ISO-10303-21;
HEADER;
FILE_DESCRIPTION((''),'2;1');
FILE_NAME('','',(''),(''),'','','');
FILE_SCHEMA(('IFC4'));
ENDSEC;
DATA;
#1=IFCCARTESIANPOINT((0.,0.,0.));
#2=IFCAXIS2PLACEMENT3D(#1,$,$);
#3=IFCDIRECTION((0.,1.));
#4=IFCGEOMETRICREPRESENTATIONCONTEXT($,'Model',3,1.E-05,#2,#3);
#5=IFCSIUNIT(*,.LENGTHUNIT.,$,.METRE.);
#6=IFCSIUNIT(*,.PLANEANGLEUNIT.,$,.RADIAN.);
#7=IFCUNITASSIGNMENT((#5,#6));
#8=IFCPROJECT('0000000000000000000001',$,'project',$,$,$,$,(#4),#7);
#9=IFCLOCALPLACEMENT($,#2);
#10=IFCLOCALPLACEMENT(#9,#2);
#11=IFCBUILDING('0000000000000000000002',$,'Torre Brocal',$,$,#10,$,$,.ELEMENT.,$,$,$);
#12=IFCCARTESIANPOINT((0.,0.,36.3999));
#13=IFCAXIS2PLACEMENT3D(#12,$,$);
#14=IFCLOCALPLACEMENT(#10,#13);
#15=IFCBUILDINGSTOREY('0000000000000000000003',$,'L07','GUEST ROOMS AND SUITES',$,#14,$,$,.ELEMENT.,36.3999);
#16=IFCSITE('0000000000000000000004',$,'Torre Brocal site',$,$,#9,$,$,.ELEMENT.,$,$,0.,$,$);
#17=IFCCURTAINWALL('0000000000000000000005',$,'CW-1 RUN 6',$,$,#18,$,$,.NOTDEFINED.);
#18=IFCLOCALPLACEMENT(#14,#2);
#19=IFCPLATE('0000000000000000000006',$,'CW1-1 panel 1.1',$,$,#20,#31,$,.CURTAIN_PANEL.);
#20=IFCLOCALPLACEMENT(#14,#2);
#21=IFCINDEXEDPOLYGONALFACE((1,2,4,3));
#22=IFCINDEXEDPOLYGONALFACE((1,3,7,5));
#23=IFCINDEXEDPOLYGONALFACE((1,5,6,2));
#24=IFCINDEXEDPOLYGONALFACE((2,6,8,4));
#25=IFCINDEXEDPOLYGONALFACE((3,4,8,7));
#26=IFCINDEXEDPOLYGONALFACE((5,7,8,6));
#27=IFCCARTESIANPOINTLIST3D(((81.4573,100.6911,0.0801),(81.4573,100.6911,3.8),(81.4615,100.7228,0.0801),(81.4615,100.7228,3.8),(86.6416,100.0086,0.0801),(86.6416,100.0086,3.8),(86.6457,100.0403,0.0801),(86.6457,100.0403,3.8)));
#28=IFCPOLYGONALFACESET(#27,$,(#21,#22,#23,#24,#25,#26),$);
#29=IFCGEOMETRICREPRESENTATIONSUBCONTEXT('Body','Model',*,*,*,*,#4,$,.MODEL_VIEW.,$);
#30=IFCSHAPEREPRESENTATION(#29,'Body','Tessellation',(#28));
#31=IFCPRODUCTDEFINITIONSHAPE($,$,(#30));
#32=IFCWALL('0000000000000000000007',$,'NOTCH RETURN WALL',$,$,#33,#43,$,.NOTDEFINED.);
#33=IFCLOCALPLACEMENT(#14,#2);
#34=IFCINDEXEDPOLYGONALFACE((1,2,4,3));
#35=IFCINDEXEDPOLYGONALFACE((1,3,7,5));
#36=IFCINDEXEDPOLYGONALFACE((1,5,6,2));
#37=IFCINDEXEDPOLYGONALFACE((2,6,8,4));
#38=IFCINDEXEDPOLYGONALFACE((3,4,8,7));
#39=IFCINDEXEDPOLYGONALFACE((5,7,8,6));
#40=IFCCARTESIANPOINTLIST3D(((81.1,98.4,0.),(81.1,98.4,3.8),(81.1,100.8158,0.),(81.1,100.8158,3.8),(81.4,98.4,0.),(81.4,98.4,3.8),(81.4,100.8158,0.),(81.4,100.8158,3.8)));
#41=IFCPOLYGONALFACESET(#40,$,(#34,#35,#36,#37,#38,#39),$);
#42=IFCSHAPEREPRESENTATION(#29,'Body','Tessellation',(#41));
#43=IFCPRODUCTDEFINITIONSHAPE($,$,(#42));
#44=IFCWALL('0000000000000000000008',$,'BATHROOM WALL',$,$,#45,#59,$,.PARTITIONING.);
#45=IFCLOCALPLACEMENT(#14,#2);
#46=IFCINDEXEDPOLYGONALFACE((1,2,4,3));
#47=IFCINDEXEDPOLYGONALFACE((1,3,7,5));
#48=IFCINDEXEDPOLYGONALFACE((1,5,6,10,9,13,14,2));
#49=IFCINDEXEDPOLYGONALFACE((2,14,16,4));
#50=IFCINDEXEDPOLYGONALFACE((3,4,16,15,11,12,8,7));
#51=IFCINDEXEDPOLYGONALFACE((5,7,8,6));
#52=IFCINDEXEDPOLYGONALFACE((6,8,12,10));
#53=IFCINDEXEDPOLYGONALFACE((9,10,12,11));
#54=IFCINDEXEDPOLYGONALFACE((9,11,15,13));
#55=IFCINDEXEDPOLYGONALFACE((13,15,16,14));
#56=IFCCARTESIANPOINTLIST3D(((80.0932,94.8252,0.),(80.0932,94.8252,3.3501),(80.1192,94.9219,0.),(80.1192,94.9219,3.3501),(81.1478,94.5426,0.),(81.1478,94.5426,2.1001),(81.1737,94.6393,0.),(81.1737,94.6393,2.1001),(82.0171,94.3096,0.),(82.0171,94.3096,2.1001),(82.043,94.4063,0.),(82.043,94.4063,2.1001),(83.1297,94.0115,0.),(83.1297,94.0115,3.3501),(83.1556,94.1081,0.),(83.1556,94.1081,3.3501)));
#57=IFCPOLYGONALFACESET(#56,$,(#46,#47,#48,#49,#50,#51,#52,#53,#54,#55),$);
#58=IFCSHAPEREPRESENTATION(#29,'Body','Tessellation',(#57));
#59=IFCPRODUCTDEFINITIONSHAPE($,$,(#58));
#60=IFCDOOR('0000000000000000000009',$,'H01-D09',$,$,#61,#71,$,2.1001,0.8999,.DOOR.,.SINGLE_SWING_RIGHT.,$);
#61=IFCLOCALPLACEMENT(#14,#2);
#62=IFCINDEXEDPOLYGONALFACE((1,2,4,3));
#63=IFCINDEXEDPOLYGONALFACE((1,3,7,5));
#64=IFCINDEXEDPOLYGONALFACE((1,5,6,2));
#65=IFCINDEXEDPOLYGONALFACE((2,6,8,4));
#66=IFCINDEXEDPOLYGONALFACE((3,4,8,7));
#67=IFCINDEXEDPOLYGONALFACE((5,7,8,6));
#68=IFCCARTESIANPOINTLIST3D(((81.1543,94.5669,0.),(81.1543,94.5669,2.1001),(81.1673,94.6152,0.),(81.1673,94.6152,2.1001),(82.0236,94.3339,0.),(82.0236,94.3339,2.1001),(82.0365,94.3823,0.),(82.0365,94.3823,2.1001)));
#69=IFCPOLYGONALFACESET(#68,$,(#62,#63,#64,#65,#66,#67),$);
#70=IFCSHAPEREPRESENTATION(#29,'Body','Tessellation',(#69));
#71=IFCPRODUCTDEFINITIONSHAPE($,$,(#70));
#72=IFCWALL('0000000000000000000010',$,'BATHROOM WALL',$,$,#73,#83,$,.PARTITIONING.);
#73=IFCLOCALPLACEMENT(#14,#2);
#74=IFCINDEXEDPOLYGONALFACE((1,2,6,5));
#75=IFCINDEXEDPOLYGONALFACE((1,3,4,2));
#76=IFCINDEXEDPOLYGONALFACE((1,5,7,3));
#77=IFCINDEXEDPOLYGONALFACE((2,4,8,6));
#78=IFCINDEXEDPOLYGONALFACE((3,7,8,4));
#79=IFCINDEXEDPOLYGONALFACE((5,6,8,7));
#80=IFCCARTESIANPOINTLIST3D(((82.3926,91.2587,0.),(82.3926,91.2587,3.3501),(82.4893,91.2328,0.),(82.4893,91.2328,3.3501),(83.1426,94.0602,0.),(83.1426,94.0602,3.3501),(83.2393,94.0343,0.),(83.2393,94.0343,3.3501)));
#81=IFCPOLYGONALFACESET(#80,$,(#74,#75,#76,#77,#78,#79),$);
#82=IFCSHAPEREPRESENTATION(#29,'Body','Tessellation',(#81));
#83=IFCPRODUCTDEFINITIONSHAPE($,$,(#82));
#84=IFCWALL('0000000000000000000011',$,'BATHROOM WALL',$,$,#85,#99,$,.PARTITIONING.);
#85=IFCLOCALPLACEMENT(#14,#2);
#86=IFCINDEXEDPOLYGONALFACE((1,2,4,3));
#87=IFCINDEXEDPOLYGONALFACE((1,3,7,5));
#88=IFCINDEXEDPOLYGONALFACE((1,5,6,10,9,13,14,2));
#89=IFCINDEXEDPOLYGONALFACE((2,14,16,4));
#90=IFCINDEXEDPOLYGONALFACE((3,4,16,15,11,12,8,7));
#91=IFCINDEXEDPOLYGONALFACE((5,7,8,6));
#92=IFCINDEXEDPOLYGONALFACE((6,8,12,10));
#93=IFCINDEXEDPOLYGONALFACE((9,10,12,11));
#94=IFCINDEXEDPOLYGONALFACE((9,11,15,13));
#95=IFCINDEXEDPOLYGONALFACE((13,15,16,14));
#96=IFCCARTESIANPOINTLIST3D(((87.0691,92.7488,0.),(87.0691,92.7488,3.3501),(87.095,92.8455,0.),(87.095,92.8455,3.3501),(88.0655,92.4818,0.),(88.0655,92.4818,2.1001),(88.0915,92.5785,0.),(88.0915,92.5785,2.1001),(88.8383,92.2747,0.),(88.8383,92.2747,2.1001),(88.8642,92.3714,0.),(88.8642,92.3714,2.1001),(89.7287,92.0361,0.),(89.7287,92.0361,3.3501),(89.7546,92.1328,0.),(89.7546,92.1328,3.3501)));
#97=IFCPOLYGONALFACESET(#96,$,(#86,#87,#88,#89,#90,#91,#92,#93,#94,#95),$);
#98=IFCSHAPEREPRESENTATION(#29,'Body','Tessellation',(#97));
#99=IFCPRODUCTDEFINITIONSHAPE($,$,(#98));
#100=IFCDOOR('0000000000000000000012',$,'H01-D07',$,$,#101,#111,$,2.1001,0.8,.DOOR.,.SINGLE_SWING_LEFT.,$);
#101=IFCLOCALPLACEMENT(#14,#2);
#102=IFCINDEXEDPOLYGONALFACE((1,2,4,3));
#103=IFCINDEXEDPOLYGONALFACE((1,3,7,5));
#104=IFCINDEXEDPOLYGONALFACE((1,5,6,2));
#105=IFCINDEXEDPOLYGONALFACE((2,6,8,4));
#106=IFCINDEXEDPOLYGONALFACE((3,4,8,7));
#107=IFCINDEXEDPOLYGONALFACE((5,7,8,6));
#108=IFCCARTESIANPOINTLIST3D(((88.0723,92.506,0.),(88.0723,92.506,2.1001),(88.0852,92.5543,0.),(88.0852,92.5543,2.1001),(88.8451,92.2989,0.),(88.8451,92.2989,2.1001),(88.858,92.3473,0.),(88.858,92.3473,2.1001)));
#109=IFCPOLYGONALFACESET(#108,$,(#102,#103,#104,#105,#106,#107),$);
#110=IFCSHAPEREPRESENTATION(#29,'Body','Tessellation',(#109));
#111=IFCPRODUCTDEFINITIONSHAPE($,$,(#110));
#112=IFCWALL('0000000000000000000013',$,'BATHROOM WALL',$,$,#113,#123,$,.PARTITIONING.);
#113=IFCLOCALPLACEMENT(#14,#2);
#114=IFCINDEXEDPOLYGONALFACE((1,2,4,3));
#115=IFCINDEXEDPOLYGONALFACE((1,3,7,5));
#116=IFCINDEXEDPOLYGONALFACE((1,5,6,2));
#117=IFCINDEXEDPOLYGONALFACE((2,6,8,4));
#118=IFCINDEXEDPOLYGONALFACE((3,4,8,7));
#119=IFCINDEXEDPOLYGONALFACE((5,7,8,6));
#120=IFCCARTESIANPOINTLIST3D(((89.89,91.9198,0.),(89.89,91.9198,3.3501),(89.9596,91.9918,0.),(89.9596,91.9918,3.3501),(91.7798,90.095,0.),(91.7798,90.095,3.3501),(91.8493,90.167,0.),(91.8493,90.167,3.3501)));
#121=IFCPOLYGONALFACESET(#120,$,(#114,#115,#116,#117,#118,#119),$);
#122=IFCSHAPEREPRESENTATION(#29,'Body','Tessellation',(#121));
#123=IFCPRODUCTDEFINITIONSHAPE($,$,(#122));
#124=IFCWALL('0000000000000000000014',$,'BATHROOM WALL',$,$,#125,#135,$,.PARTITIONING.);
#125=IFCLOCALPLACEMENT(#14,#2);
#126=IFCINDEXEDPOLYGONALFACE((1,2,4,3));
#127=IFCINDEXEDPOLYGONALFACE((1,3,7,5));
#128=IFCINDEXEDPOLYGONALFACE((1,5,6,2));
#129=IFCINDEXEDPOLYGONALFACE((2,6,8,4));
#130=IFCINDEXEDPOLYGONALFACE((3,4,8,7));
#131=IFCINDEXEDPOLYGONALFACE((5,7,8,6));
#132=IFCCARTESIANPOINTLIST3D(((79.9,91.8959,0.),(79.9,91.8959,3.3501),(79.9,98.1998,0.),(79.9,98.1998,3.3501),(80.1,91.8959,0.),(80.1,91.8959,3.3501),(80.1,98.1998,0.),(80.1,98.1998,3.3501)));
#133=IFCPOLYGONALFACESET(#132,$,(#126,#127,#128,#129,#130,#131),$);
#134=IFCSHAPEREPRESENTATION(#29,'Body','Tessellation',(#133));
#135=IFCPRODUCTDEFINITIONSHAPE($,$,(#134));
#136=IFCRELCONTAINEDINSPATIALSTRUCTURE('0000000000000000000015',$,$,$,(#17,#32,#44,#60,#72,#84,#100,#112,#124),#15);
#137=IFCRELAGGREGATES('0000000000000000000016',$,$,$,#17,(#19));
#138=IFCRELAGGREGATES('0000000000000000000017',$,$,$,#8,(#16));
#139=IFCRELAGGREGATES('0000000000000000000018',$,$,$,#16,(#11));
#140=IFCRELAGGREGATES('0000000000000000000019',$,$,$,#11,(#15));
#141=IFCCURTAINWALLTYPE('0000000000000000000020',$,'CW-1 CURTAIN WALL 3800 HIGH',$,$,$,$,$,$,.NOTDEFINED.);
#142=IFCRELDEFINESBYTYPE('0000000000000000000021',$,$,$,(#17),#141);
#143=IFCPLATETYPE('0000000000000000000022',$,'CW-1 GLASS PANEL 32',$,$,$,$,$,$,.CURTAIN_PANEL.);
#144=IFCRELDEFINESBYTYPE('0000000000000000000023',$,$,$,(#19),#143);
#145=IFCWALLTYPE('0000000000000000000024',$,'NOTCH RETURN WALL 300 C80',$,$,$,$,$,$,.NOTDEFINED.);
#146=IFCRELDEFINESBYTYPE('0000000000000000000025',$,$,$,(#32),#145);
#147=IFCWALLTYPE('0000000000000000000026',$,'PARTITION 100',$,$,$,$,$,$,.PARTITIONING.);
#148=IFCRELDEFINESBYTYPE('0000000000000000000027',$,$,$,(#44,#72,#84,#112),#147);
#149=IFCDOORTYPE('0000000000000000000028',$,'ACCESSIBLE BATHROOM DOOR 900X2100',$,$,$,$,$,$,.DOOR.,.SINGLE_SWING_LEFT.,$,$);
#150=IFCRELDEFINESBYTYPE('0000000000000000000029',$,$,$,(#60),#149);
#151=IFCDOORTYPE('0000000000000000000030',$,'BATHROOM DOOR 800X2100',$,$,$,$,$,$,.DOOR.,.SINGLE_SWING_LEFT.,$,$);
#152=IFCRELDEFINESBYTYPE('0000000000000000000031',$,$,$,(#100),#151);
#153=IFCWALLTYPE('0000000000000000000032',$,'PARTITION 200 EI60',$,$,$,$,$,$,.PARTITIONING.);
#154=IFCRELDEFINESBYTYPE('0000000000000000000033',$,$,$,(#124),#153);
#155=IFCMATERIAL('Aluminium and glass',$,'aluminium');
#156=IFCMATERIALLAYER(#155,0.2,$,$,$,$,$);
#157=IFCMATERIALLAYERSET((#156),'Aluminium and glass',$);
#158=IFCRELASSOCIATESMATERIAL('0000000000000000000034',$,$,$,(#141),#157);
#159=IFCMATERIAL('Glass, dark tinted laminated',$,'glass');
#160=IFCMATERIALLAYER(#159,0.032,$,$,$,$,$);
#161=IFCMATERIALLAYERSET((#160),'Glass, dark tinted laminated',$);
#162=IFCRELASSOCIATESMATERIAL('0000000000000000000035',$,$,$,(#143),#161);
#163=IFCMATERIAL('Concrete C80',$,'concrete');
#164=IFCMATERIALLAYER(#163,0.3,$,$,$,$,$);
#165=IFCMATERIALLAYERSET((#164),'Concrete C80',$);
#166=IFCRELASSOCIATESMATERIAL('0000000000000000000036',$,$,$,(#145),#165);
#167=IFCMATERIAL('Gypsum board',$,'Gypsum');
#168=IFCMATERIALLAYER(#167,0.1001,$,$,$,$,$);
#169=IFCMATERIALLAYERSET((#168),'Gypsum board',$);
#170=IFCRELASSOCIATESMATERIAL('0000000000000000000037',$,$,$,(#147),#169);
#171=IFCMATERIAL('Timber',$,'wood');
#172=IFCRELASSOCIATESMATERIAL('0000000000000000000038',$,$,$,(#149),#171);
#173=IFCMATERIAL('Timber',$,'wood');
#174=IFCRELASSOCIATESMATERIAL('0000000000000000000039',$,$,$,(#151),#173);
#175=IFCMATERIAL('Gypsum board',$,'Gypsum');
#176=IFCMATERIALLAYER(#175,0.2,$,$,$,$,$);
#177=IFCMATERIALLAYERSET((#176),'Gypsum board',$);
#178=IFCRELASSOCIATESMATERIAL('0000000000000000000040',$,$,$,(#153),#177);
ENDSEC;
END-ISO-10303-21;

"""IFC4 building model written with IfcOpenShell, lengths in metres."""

from ifc_helpers import new_model, si_unit, direction, frame, frame_2d, origin, origin_2d, place, context, subcontext, project, spatial, rectangle, extrude, material, layer, layer_set, type_object, element, fill, aggregate, save


model = new_model("IFC4")

# Units and contexts
model_context = context("Model", 3, precision=1e-05, world=origin(), true_north=direction((0.0, 1.0)))
body_context = subcontext(model_context, "Body", "Model", "MODEL_VIEW")
ifc_project = project(units=[si_unit("LENGTHUNIT", "METRE"), si_unit("PLANEANGLEUNIT", "RADIAN")], contexts=[model_context])

# Site, building, storey
site_placement = place(None, origin())
site = spatial("IfcSite", under=ifc_project, at=site_placement, Name="Torre Brocal site", CompositionType="ELEMENT", RefElevation=0.0)
building_placement = place(site_placement, origin())
building = spatial("IfcBuilding", under=site, at=building_placement, Name="Torre Brocal", CompositionType="ELEMENT")
storey_placement = place(building_placement, frame((0.0, 0.0, 36.3999)))
storey = spatial("IfcBuildingStorey", under=building, at=storey_placement, Name="L07", Description="GUEST ROOMS AND SUITES", CompositionType="ELEMENT", Elevation=36.3999)

# Shared definitions
ifc_material_1 = material(Name="Aluminium and glass", Category="aluminium")
ifc_layer_1 = layer(ifc_material_1, 0.2)
ifc_layer_set_1 = layer_set([ifc_layer_1], Name="Aluminium and glass")
curtain_wall_type = type_object("IfcCurtainWallType", Name="CW-1 CURTAIN WALL 3800 HIGH", PredefinedType="NOTDEFINED", material=ifc_layer_set_1)

# Curtain wall
curtain_wall_1_placement = place(storey_placement, origin())
curtain_wall_1 = element("IfcCurtainWall", 1, at=curtain_wall_1_placement, inside=storey, type_object=curtain_wall_type, Name="CW-1 RUN 6", PredefinedType="NOTDEFINED")

# Plate
ifc_material_2 = material(Name="Glass, dark tinted laminated", Category="glass")
ifc_layer_2 = layer(ifc_material_2, 0.032)
ifc_layer_set_2 = layer_set([ifc_layer_2], Name="Glass, dark tinted laminated")
plate_type = type_object("IfcPlateType", Name="CW-1 GLASS PANEL 32", PredefinedType="CURTAIN_PANEL", material=ifc_layer_set_2)
plate_1_placement = place(storey_placement, frame((84.0515, 100.3657, 0.0801), z_axis=(0.0, 0.0, 1.0), x_axis=(-0.991445, 0.130526, 0.0)))
plate_1 = element("IfcPlate", 2, at=plate_1_placement, type_object=plate_type, Name="CW1-1 panel 1.1", PredefinedType="CURTAIN_PANEL", context=body_context, shape_type="SweptSolid", body=[
    extrude(rectangle(XDim=5.229, YDim=0.032, at=origin_2d()), origin(), (0.0, 0.0, 1.0), 3.72),
])
aggregate(curtain_wall_1, [plate_1])

# Wall
ifc_material_3 = material(Name="Concrete C80", Category="concrete")
ifc_layer_3 = layer(ifc_material_3, 0.3)
ifc_layer_set_3 = layer_set([ifc_layer_3], Name="Concrete C80")
wall_type_1 = type_object("IfcWallType", Name="NOTCH RETURN WALL 300 C80", PredefinedType="NOTDEFINED", material=ifc_layer_set_3)
wall_1_placement = place(storey_placement, frame((81.25, 98.3999, 0.0), z_axis=(0.0, 0.0, 1.0), x_axis=(0.0, 1.0, 0.0)))
element("IfcWall", 3, at=wall_1_placement, inside=storey, type_object=wall_type_1, Name="NOTCH RETURN WALL", PredefinedType="NOTDEFINED", context=body_context, shape_type="SweptSolid", body=[
    extrude(rectangle(XDim=2.4158, YDim=0.3, at=frame_2d((1.208, 0.0))), origin(), (0.0, 0.0, 1.0), 3.8),
])

# Wall, opening, door
ifc_material_4 = material(Name="Gypsum board", Category="Gypsum")
ifc_layer_4 = layer(ifc_material_4, 0.1001)
ifc_layer_set_4 = layer_set([ifc_layer_4], Name="Gypsum board")
wall_type_2 = type_object("IfcWallType", Name="PARTITION 100", PredefinedType="PARTITIONING", material=ifc_layer_set_4)
wall_2_placement = place(storey_placement, frame((80.1062, 94.8735, 0.0), z_axis=(0.0, 0.0, 1.0), x_axis=(0.965916, -0.258856, 0.0)))
wall_2 = element("IfcWall", 4, at=wall_2_placement, inside=storey, type_object=wall_type_2, Name="BATHROOM WALL", PredefinedType="PARTITIONING", context=body_context, shape_type="SweptSolid", body=[
    extrude(rectangle(XDim=3.1436, YDim=0.1001, at=frame_2d((1.5718, 0.0))), origin(), (0.0, 0.0, 1.0), 3.3501),
])
opening_1_placement = place(wall_2_placement, frame((1.0918, 0.0, 0.0)))
opening_1 = element("IfcOpeningElement", 5, at=opening_1_placement, cuts=wall_2, PredefinedType="OPENING", context=body_context, shape_type="SweptSolid", body=[
    extrude(rectangle(XDim=0.8999, YDim=2.1001, at=frame_2d((0.45, 1.05))), frame((0.0, 0.0601, 0.0), z_axis=(0.0, -1.0, 0.0), x_axis=(1.0, 0.0, 0.0)), (0.0, 0.0, 1.0), 0.1201),
])
ifc_material_5 = material(Name="Timber", Category="wood")
door_type_1 = type_object("IfcDoorType", Name="ACCESSIBLE BATHROOM DOOR 900X2100", OperationType="SINGLE_SWING_LEFT", PredefinedType="DOOR", material=ifc_material_5)
door_1_placement = place(opening_1_placement, frame((0.8999, 0.0, 0.0), z_axis=(0.0, 0.0, 1.0), x_axis=(-1.0, 0.0, 0.0)))
door_1 = element("IfcDoor", 6, at=door_1_placement, inside=storey, type_object=door_type_1, Name="H01-D09", OperationType="SINGLE_SWING_RIGHT", OverallHeight=2.1001, OverallWidth=0.8999, PredefinedType="DOOR", context=body_context, shape_type="SweptSolid", body=[
    extrude(rectangle(XDim=0.8999, YDim=2.1001, at=frame_2d((0.45, 1.05))), frame((0.0, 0.0249, 0.0), z_axis=(0.0, -1.0, 0.0), x_axis=(1.0, 0.0, 0.0)), (0.0, 0.0, 1.0), 0.05),
])
fill(opening_1, door_1)

# Wall
wall_3_placement = place(storey_placement, frame((82.4409, 91.2456, 0.0), z_axis=(0.0, 0.0, 1.0), x_axis=(0.258606, 0.965983, 0.0)))
element("IfcWall", 7, at=wall_3_placement, inside=storey, type_object=wall_type_2, Name="BATHROOM WALL", PredefinedType="PARTITIONING", context=body_context, shape_type="SweptSolid", body=[
    extrude(rectangle(XDim=2.9001, YDim=0.1001, at=frame_2d((1.4502, 0.0))), origin(), (0.0, 0.0, 1.0), 3.3501),
])

# Wall, opening, door
wall_4_placement = place(storey_placement, frame((87.082, 92.7971, 0.0), z_axis=(0.0, 0.0, 1.0), x_axis=(0.965927, -0.258816, 0.0)))
wall_4 = element("IfcWall", 8, at=wall_4_placement, inside=storey, type_object=wall_type_2, Name="BATHROOM WALL", PredefinedType="PARTITIONING", context=body_context, shape_type="SweptSolid", body=[
    extrude(rectangle(XDim=2.7534, YDim=0.1001, at=frame_2d((1.3767, 0.0))), origin(), (0.0, 0.0, 1.0), 3.3501),
])
opening_2_placement = place(wall_4_placement, frame((1.0317, 0.0, 0.0)))
opening_2 = element("IfcOpeningElement", 9, at=opening_2_placement, cuts=wall_4, PredefinedType="OPENING", context=body_context, shape_type="SweptSolid", body=[
    extrude(rectangle(XDim=0.8, YDim=2.1001, at=frame_2d((0.3999, 1.05))), frame((0.0, 0.0601, 0.0), z_axis=(0.0, -1.0, 0.0), x_axis=(1.0, 0.0, 0.0)), (0.0, 0.0, 1.0), 0.1201),
])
ifc_material_6 = material(Name="Timber", Category="wood")
door_type_2 = type_object("IfcDoorType", Name="BATHROOM DOOR 800X2100", OperationType="SINGLE_SWING_LEFT", PredefinedType="DOOR", material=ifc_material_6)
door_2_placement = place(opening_2_placement, frame((0.8, 0.0, 0.0), z_axis=(0.0, 0.0, 1.0), x_axis=(-1.0, 0.0, 0.0)))
door_2 = element("IfcDoor", 10, at=door_2_placement, inside=storey, type_object=door_type_2, Name="H01-D07", OperationType="SINGLE_SWING_LEFT", OverallHeight=2.1001, OverallWidth=0.8, PredefinedType="DOOR", context=body_context, shape_type="SweptSolid", body=[
    extrude(rectangle(XDim=0.8, YDim=2.1001, at=frame_2d((0.3999, 1.05))), frame((0.0, 0.0249, 0.0), z_axis=(0.0, -1.0, 0.0), x_axis=(1.0, 0.0, 0.0)), (0.0, 0.0, 1.0), 0.05),
])
fill(opening_2, door_2)

# Walls
wall_5_placement = place(storey_placement, frame((89.9248, 91.9558, 0.0), z_axis=(0.0, 0.0, 1.0), x_axis=(0.71936, -0.694638, 0.0)))
element("IfcWall", 11, at=wall_5_placement, inside=storey, type_object=wall_type_2, Name="BATHROOM WALL", PredefinedType="PARTITIONING", context=body_context, shape_type="SweptSolid", body=[
    extrude(rectangle(XDim=2.627, YDim=0.1001, at=frame_2d((1.3135, 0.0))), origin(), (0.0, 0.0, 1.0), 3.3501),
])
ifc_material_7 = material(Name="Gypsum board", Category="Gypsum")
ifc_layer_5 = layer(ifc_material_7, 0.2)
ifc_layer_set_5 = layer_set([ifc_layer_5], Name="Gypsum board")
wall_type_3 = type_object("IfcWallType", Name="PARTITION 200 EI60", PredefinedType="PARTITIONING", material=ifc_layer_set_5)
wall_6_placement = place(storey_placement, frame((80.0, 91.896, 0.0), z_axis=(0.0, 0.0, 1.0), x_axis=(0.0, 1.0, 0.0)))
element("IfcWall", 12, at=wall_6_placement, inside=storey, type_object=wall_type_3, Name="BATHROOM WALL", PredefinedType="PARTITIONING", context=body_context, shape_type="SweptSolid", body=[
    extrude(rectangle(XDim=6.304, YDim=0.2, at=frame_2d((3.1519, 0.0))), origin(), (0.0, 0.0, 1.0), 3.3501),
])

save(model, "model.ifc")
